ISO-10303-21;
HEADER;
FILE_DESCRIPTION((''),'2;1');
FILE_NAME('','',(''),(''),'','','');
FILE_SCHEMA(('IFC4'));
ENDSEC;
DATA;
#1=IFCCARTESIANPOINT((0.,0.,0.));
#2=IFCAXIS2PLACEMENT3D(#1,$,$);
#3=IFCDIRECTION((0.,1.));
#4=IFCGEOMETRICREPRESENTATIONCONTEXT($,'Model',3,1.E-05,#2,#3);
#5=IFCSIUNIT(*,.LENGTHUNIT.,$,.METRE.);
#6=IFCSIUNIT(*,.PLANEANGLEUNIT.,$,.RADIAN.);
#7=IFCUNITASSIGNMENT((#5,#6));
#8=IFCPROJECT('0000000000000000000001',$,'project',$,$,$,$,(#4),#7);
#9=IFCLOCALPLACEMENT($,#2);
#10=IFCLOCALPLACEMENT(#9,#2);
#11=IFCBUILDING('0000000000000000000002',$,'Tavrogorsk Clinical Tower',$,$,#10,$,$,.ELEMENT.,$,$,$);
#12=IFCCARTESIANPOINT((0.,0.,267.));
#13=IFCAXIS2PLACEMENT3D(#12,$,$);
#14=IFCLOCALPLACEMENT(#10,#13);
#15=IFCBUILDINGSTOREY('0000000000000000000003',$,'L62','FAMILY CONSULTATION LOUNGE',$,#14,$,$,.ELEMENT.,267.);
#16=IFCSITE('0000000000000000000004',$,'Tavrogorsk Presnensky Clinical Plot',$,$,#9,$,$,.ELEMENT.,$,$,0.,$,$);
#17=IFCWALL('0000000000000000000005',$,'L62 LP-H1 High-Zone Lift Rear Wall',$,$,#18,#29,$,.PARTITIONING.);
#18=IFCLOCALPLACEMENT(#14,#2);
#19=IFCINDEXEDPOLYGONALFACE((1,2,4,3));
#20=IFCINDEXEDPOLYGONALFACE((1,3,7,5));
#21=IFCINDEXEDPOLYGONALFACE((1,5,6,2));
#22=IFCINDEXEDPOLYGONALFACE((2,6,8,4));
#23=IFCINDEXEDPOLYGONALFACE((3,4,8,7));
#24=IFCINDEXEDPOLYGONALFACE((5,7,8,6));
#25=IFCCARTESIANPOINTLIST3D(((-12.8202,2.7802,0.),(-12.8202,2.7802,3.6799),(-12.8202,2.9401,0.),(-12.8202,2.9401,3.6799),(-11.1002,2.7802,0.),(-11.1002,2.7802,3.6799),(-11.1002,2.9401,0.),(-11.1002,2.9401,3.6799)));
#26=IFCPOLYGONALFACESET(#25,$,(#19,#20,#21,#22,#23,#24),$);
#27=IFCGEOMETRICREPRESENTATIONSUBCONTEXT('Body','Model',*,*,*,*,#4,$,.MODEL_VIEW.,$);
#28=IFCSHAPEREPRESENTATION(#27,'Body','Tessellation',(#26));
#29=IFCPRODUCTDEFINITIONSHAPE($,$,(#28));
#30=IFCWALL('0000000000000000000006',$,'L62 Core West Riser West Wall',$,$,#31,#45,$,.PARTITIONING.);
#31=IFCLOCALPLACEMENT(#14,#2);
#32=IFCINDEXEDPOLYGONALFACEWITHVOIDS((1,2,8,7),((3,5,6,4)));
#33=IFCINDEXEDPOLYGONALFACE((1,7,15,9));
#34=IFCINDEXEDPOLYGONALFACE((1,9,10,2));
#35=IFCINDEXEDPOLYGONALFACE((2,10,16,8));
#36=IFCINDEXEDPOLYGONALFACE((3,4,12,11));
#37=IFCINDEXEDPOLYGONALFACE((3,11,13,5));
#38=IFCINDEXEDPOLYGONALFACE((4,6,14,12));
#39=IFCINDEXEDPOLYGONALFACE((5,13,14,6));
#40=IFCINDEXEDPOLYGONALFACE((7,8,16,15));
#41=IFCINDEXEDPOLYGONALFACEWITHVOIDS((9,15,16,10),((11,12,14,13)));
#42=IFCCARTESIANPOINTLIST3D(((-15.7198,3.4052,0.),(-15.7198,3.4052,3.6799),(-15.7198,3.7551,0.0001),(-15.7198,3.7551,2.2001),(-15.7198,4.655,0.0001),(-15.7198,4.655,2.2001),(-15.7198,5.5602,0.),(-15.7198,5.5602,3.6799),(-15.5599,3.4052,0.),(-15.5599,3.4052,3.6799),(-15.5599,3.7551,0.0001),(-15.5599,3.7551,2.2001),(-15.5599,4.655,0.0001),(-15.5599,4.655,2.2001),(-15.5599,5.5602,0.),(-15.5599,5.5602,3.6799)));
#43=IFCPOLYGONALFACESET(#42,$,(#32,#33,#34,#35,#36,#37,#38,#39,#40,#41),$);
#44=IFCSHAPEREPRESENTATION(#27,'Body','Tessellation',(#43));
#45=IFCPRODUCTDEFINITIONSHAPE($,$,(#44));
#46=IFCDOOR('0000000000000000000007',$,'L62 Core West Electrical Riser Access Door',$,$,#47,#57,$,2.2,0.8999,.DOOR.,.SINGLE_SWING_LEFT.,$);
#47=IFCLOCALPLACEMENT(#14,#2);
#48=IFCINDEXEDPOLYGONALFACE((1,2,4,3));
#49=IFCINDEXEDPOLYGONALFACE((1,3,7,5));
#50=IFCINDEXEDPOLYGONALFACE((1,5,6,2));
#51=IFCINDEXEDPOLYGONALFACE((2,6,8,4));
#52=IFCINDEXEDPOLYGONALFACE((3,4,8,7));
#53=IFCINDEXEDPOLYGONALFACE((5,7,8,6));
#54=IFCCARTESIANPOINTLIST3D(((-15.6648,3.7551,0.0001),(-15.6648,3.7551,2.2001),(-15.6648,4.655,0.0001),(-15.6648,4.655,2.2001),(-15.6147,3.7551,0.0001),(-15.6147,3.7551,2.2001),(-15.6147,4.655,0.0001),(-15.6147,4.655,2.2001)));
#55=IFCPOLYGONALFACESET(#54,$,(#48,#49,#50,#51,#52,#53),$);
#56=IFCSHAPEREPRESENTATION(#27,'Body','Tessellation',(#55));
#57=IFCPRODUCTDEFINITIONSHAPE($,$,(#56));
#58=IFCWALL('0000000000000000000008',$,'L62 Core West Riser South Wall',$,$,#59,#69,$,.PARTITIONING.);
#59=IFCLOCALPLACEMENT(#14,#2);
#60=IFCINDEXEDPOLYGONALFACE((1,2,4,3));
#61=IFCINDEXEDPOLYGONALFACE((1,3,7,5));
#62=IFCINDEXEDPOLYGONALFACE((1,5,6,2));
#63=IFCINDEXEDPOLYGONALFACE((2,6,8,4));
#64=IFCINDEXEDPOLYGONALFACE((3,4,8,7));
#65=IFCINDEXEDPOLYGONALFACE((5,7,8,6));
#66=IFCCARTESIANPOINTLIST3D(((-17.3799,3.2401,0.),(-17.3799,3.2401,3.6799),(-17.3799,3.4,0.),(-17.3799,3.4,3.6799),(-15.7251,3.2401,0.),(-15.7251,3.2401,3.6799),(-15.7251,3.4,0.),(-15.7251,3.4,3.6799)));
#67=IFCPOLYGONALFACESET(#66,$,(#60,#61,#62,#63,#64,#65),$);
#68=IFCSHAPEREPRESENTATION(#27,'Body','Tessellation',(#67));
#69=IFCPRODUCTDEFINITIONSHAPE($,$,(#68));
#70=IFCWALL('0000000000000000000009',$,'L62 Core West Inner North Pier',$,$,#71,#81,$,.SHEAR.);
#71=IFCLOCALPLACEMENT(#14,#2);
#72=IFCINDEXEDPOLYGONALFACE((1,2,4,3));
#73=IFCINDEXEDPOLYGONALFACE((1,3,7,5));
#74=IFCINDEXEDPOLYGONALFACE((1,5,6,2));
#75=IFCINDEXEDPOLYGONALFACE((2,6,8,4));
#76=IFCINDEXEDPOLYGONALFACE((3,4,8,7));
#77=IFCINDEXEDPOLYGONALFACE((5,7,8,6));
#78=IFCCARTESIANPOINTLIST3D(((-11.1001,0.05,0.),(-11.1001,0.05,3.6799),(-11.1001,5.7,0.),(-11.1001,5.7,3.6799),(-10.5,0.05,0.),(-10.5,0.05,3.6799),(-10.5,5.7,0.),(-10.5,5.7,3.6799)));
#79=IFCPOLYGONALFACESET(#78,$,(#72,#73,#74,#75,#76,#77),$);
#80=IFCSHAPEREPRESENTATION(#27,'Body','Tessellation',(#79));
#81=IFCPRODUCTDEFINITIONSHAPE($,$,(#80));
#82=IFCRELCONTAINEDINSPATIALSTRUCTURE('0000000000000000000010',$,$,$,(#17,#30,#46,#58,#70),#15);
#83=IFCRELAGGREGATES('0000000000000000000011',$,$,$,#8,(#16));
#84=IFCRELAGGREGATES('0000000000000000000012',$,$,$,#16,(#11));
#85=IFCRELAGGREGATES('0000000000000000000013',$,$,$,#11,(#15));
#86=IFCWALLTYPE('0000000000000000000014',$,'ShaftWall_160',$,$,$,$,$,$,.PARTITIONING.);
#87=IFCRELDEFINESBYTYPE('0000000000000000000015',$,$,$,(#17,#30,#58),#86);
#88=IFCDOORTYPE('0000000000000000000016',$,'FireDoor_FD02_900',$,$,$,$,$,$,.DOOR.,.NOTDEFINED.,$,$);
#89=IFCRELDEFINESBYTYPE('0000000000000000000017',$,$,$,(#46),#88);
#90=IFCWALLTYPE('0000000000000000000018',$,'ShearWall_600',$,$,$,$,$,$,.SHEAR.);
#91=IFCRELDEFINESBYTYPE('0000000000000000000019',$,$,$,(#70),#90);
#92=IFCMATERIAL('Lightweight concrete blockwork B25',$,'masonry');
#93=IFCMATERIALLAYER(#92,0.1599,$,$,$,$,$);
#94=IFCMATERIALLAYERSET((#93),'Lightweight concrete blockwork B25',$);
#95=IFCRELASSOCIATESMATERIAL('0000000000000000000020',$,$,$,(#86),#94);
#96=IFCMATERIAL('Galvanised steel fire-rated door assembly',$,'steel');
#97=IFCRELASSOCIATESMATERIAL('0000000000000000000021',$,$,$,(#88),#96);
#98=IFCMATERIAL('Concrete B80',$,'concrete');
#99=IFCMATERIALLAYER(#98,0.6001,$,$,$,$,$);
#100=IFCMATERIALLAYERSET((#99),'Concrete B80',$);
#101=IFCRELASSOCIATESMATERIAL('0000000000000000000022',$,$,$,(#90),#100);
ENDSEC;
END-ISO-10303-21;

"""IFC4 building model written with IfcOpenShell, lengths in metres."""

from ifc_helpers import new_model, si_unit, direction, frame, frame_2d, origin, place, context, subcontext, project, spatial, rectangle, extrude, material, layer, layer_set, type_object, element, fill, save


model = new_model("IFC4")

# Units and contexts
model_context = context("Model", 3, precision=1e-05, world=origin(), true_north=direction((0.0, 1.0)))
body_context = subcontext(model_context, "Body", "Model", "MODEL_VIEW")
ifc_project = project(units=[si_unit("LENGTHUNIT", "METRE"), si_unit("PLANEANGLEUNIT", "RADIAN")], contexts=[model_context])

# Site, building, storey
site_placement = place(None, origin())
site = spatial("IfcSite", under=ifc_project, at=site_placement, Name="Tavrogorsk Presnensky Clinical Plot", CompositionType="ELEMENT", RefElevation=0.0)
building_placement = place(site_placement, origin())
building = spatial("IfcBuilding", under=site, at=building_placement, Name="Tavrogorsk Clinical Tower", CompositionType="ELEMENT")
storey_placement = place(building_placement, frame((0.0, 0.0, 267.0)))
storey = spatial("IfcBuildingStorey", under=building, at=storey_placement, Name="L62", Description="FAMILY CONSULTATION LOUNGE", CompositionType="ELEMENT", Elevation=267.0)

# Shared definitions
ifc_material_1 = material(Name="Lightweight concrete blockwork B25", Category="masonry")
ifc_layer_1 = layer(ifc_material_1, 0.1599)
ifc_layer_set_1 = layer_set([ifc_layer_1], Name="Lightweight concrete blockwork B25")
wall_type_1 = type_object("IfcWallType", Name="ShaftWall_160", PredefinedType="PARTITIONING", material=ifc_layer_set_1)

# Wall
wall_1_placement = place(storey_placement, frame((-12.8201, 2.8601, 0.0), z_axis=(0.0, 0.0, 1.0), x_axis=(1.0, 0.0, 0.0)))
element("IfcWall", 1, at=wall_1_placement, inside=storey, type_object=wall_type_1, Name="L62 LP-H1 High-Zone Lift Rear Wall", PredefinedType="PARTITIONING", context=body_context, shape_type="SweptSolid", body=[
    extrude(rectangle(XDim=1.72, YDim=0.1599, at=frame_2d((0.8599, 0.0))), origin(), (0.0, 0.0, 1.0), 3.6799),
])

# Wall, opening, door
wall_2_placement = place(storey_placement, frame((-15.6399, 3.405, 0.0), z_axis=(0.0, 0.0, 1.0), x_axis=(0.0, 1.0, 0.0)))
wall_2 = element("IfcWall", 2, at=wall_2_placement, inside=storey, type_object=wall_type_1, Name="L62 Core West Riser West Wall", PredefinedType="PARTITIONING", context=body_context, shape_type="SweptSolid", body=[
    extrude(rectangle(XDim=2.155, YDim=0.1599, at=frame_2d((1.0776, 0.0))), origin(), (0.0, 0.0, 1.0), 3.6799),
])
opening_1_placement = place(wall_2_placement, frame((0.3501, 0.0, 0.0)))
opening_1 = element("IfcOpeningElement", 3, at=opening_1_placement, cuts=wall_2, PredefinedType="OPENING", context=body_context, shape_type="SweptSolid", body=[
    extrude(rectangle(XDim=0.8999, YDim=2.2, at=frame_2d((0.45, 1.1001))), frame((0.0, 0.0898, 0.0), z_axis=(0.0, -1.0, 0.0), x_axis=(1.0, 0.0, 0.0)), (0.0, 0.0, 1.0), 0.1799),
])
ifc_material_2 = material(Name="Galvanised steel fire-rated door assembly", Category="steel")
door_type_1 = type_object("IfcDoorType", Name="FireDoor_FD02_900", OperationType="NOTDEFINED", PredefinedType="DOOR", material=ifc_material_2)
door_1_placement = place(opening_1_placement, origin())
door_1 = element("IfcDoor", 4, at=door_1_placement, inside=storey, type_object=door_type_1, Name="L62 Core West Electrical Riser Access Door", OperationType="SINGLE_SWING_LEFT", OverallHeight=2.2, OverallWidth=0.8999, PredefinedType="DOOR", context=body_context, shape_type="SweptSolid", body=[
    extrude(rectangle(XDim=0.8999, YDim=2.2, at=frame_2d((0.45, 1.1001))), frame((0.0, 0.0249, 0.0), z_axis=(0.0, -1.0, 0.0), x_axis=(1.0, 0.0, 0.0)), (0.0, 0.0, 1.0), 0.05),
])
fill(opening_1, door_1)

# Walls
wall_3_placement = place(storey_placement, frame((-17.3799, 3.3201, 0.0), z_axis=(0.0, 0.0, 1.0), x_axis=(1.0, 0.0, 0.0)))
element("IfcWall", 5, at=wall_3_placement, inside=storey, type_object=wall_type_1, Name="L62 Core West Riser South Wall", PredefinedType="PARTITIONING", context=body_context, shape_type="SweptSolid", body=[
    extrude(rectangle(XDim=1.6548, YDim=0.1599, at=frame_2d((0.8274, 0.0))), origin(), (0.0, 0.0, 1.0), 3.6799),
])
ifc_material_3 = material(Name="Concrete B80", Category="concrete")
ifc_layer_2 = layer(ifc_material_3, 0.6001)
ifc_layer_set_2 = layer_set([ifc_layer_2], Name="Concrete B80")
wall_type_2 = type_object("IfcWallType", Name="ShearWall_600", PredefinedType="SHEAR", material=ifc_layer_set_2)
wall_4_placement = place(storey_placement, frame((-10.8, 0.05, 0.0), z_axis=(0.0, 0.0, 1.0), x_axis=(0.0, 1.0, 0.0)))
element("IfcWall", 6, at=wall_4_placement, inside=storey, type_object=wall_type_2, Name="L62 Core West Inner North Pier", PredefinedType="SHEAR", context=body_context, shape_type="SweptSolid", body=[
    extrude(rectangle(XDim=5.6499, YDim=0.6001, at=frame_2d((2.825, 0.0))), origin(), (0.0, 0.0, 1.0), 3.6799),
])

save(model, "model.ifc")
